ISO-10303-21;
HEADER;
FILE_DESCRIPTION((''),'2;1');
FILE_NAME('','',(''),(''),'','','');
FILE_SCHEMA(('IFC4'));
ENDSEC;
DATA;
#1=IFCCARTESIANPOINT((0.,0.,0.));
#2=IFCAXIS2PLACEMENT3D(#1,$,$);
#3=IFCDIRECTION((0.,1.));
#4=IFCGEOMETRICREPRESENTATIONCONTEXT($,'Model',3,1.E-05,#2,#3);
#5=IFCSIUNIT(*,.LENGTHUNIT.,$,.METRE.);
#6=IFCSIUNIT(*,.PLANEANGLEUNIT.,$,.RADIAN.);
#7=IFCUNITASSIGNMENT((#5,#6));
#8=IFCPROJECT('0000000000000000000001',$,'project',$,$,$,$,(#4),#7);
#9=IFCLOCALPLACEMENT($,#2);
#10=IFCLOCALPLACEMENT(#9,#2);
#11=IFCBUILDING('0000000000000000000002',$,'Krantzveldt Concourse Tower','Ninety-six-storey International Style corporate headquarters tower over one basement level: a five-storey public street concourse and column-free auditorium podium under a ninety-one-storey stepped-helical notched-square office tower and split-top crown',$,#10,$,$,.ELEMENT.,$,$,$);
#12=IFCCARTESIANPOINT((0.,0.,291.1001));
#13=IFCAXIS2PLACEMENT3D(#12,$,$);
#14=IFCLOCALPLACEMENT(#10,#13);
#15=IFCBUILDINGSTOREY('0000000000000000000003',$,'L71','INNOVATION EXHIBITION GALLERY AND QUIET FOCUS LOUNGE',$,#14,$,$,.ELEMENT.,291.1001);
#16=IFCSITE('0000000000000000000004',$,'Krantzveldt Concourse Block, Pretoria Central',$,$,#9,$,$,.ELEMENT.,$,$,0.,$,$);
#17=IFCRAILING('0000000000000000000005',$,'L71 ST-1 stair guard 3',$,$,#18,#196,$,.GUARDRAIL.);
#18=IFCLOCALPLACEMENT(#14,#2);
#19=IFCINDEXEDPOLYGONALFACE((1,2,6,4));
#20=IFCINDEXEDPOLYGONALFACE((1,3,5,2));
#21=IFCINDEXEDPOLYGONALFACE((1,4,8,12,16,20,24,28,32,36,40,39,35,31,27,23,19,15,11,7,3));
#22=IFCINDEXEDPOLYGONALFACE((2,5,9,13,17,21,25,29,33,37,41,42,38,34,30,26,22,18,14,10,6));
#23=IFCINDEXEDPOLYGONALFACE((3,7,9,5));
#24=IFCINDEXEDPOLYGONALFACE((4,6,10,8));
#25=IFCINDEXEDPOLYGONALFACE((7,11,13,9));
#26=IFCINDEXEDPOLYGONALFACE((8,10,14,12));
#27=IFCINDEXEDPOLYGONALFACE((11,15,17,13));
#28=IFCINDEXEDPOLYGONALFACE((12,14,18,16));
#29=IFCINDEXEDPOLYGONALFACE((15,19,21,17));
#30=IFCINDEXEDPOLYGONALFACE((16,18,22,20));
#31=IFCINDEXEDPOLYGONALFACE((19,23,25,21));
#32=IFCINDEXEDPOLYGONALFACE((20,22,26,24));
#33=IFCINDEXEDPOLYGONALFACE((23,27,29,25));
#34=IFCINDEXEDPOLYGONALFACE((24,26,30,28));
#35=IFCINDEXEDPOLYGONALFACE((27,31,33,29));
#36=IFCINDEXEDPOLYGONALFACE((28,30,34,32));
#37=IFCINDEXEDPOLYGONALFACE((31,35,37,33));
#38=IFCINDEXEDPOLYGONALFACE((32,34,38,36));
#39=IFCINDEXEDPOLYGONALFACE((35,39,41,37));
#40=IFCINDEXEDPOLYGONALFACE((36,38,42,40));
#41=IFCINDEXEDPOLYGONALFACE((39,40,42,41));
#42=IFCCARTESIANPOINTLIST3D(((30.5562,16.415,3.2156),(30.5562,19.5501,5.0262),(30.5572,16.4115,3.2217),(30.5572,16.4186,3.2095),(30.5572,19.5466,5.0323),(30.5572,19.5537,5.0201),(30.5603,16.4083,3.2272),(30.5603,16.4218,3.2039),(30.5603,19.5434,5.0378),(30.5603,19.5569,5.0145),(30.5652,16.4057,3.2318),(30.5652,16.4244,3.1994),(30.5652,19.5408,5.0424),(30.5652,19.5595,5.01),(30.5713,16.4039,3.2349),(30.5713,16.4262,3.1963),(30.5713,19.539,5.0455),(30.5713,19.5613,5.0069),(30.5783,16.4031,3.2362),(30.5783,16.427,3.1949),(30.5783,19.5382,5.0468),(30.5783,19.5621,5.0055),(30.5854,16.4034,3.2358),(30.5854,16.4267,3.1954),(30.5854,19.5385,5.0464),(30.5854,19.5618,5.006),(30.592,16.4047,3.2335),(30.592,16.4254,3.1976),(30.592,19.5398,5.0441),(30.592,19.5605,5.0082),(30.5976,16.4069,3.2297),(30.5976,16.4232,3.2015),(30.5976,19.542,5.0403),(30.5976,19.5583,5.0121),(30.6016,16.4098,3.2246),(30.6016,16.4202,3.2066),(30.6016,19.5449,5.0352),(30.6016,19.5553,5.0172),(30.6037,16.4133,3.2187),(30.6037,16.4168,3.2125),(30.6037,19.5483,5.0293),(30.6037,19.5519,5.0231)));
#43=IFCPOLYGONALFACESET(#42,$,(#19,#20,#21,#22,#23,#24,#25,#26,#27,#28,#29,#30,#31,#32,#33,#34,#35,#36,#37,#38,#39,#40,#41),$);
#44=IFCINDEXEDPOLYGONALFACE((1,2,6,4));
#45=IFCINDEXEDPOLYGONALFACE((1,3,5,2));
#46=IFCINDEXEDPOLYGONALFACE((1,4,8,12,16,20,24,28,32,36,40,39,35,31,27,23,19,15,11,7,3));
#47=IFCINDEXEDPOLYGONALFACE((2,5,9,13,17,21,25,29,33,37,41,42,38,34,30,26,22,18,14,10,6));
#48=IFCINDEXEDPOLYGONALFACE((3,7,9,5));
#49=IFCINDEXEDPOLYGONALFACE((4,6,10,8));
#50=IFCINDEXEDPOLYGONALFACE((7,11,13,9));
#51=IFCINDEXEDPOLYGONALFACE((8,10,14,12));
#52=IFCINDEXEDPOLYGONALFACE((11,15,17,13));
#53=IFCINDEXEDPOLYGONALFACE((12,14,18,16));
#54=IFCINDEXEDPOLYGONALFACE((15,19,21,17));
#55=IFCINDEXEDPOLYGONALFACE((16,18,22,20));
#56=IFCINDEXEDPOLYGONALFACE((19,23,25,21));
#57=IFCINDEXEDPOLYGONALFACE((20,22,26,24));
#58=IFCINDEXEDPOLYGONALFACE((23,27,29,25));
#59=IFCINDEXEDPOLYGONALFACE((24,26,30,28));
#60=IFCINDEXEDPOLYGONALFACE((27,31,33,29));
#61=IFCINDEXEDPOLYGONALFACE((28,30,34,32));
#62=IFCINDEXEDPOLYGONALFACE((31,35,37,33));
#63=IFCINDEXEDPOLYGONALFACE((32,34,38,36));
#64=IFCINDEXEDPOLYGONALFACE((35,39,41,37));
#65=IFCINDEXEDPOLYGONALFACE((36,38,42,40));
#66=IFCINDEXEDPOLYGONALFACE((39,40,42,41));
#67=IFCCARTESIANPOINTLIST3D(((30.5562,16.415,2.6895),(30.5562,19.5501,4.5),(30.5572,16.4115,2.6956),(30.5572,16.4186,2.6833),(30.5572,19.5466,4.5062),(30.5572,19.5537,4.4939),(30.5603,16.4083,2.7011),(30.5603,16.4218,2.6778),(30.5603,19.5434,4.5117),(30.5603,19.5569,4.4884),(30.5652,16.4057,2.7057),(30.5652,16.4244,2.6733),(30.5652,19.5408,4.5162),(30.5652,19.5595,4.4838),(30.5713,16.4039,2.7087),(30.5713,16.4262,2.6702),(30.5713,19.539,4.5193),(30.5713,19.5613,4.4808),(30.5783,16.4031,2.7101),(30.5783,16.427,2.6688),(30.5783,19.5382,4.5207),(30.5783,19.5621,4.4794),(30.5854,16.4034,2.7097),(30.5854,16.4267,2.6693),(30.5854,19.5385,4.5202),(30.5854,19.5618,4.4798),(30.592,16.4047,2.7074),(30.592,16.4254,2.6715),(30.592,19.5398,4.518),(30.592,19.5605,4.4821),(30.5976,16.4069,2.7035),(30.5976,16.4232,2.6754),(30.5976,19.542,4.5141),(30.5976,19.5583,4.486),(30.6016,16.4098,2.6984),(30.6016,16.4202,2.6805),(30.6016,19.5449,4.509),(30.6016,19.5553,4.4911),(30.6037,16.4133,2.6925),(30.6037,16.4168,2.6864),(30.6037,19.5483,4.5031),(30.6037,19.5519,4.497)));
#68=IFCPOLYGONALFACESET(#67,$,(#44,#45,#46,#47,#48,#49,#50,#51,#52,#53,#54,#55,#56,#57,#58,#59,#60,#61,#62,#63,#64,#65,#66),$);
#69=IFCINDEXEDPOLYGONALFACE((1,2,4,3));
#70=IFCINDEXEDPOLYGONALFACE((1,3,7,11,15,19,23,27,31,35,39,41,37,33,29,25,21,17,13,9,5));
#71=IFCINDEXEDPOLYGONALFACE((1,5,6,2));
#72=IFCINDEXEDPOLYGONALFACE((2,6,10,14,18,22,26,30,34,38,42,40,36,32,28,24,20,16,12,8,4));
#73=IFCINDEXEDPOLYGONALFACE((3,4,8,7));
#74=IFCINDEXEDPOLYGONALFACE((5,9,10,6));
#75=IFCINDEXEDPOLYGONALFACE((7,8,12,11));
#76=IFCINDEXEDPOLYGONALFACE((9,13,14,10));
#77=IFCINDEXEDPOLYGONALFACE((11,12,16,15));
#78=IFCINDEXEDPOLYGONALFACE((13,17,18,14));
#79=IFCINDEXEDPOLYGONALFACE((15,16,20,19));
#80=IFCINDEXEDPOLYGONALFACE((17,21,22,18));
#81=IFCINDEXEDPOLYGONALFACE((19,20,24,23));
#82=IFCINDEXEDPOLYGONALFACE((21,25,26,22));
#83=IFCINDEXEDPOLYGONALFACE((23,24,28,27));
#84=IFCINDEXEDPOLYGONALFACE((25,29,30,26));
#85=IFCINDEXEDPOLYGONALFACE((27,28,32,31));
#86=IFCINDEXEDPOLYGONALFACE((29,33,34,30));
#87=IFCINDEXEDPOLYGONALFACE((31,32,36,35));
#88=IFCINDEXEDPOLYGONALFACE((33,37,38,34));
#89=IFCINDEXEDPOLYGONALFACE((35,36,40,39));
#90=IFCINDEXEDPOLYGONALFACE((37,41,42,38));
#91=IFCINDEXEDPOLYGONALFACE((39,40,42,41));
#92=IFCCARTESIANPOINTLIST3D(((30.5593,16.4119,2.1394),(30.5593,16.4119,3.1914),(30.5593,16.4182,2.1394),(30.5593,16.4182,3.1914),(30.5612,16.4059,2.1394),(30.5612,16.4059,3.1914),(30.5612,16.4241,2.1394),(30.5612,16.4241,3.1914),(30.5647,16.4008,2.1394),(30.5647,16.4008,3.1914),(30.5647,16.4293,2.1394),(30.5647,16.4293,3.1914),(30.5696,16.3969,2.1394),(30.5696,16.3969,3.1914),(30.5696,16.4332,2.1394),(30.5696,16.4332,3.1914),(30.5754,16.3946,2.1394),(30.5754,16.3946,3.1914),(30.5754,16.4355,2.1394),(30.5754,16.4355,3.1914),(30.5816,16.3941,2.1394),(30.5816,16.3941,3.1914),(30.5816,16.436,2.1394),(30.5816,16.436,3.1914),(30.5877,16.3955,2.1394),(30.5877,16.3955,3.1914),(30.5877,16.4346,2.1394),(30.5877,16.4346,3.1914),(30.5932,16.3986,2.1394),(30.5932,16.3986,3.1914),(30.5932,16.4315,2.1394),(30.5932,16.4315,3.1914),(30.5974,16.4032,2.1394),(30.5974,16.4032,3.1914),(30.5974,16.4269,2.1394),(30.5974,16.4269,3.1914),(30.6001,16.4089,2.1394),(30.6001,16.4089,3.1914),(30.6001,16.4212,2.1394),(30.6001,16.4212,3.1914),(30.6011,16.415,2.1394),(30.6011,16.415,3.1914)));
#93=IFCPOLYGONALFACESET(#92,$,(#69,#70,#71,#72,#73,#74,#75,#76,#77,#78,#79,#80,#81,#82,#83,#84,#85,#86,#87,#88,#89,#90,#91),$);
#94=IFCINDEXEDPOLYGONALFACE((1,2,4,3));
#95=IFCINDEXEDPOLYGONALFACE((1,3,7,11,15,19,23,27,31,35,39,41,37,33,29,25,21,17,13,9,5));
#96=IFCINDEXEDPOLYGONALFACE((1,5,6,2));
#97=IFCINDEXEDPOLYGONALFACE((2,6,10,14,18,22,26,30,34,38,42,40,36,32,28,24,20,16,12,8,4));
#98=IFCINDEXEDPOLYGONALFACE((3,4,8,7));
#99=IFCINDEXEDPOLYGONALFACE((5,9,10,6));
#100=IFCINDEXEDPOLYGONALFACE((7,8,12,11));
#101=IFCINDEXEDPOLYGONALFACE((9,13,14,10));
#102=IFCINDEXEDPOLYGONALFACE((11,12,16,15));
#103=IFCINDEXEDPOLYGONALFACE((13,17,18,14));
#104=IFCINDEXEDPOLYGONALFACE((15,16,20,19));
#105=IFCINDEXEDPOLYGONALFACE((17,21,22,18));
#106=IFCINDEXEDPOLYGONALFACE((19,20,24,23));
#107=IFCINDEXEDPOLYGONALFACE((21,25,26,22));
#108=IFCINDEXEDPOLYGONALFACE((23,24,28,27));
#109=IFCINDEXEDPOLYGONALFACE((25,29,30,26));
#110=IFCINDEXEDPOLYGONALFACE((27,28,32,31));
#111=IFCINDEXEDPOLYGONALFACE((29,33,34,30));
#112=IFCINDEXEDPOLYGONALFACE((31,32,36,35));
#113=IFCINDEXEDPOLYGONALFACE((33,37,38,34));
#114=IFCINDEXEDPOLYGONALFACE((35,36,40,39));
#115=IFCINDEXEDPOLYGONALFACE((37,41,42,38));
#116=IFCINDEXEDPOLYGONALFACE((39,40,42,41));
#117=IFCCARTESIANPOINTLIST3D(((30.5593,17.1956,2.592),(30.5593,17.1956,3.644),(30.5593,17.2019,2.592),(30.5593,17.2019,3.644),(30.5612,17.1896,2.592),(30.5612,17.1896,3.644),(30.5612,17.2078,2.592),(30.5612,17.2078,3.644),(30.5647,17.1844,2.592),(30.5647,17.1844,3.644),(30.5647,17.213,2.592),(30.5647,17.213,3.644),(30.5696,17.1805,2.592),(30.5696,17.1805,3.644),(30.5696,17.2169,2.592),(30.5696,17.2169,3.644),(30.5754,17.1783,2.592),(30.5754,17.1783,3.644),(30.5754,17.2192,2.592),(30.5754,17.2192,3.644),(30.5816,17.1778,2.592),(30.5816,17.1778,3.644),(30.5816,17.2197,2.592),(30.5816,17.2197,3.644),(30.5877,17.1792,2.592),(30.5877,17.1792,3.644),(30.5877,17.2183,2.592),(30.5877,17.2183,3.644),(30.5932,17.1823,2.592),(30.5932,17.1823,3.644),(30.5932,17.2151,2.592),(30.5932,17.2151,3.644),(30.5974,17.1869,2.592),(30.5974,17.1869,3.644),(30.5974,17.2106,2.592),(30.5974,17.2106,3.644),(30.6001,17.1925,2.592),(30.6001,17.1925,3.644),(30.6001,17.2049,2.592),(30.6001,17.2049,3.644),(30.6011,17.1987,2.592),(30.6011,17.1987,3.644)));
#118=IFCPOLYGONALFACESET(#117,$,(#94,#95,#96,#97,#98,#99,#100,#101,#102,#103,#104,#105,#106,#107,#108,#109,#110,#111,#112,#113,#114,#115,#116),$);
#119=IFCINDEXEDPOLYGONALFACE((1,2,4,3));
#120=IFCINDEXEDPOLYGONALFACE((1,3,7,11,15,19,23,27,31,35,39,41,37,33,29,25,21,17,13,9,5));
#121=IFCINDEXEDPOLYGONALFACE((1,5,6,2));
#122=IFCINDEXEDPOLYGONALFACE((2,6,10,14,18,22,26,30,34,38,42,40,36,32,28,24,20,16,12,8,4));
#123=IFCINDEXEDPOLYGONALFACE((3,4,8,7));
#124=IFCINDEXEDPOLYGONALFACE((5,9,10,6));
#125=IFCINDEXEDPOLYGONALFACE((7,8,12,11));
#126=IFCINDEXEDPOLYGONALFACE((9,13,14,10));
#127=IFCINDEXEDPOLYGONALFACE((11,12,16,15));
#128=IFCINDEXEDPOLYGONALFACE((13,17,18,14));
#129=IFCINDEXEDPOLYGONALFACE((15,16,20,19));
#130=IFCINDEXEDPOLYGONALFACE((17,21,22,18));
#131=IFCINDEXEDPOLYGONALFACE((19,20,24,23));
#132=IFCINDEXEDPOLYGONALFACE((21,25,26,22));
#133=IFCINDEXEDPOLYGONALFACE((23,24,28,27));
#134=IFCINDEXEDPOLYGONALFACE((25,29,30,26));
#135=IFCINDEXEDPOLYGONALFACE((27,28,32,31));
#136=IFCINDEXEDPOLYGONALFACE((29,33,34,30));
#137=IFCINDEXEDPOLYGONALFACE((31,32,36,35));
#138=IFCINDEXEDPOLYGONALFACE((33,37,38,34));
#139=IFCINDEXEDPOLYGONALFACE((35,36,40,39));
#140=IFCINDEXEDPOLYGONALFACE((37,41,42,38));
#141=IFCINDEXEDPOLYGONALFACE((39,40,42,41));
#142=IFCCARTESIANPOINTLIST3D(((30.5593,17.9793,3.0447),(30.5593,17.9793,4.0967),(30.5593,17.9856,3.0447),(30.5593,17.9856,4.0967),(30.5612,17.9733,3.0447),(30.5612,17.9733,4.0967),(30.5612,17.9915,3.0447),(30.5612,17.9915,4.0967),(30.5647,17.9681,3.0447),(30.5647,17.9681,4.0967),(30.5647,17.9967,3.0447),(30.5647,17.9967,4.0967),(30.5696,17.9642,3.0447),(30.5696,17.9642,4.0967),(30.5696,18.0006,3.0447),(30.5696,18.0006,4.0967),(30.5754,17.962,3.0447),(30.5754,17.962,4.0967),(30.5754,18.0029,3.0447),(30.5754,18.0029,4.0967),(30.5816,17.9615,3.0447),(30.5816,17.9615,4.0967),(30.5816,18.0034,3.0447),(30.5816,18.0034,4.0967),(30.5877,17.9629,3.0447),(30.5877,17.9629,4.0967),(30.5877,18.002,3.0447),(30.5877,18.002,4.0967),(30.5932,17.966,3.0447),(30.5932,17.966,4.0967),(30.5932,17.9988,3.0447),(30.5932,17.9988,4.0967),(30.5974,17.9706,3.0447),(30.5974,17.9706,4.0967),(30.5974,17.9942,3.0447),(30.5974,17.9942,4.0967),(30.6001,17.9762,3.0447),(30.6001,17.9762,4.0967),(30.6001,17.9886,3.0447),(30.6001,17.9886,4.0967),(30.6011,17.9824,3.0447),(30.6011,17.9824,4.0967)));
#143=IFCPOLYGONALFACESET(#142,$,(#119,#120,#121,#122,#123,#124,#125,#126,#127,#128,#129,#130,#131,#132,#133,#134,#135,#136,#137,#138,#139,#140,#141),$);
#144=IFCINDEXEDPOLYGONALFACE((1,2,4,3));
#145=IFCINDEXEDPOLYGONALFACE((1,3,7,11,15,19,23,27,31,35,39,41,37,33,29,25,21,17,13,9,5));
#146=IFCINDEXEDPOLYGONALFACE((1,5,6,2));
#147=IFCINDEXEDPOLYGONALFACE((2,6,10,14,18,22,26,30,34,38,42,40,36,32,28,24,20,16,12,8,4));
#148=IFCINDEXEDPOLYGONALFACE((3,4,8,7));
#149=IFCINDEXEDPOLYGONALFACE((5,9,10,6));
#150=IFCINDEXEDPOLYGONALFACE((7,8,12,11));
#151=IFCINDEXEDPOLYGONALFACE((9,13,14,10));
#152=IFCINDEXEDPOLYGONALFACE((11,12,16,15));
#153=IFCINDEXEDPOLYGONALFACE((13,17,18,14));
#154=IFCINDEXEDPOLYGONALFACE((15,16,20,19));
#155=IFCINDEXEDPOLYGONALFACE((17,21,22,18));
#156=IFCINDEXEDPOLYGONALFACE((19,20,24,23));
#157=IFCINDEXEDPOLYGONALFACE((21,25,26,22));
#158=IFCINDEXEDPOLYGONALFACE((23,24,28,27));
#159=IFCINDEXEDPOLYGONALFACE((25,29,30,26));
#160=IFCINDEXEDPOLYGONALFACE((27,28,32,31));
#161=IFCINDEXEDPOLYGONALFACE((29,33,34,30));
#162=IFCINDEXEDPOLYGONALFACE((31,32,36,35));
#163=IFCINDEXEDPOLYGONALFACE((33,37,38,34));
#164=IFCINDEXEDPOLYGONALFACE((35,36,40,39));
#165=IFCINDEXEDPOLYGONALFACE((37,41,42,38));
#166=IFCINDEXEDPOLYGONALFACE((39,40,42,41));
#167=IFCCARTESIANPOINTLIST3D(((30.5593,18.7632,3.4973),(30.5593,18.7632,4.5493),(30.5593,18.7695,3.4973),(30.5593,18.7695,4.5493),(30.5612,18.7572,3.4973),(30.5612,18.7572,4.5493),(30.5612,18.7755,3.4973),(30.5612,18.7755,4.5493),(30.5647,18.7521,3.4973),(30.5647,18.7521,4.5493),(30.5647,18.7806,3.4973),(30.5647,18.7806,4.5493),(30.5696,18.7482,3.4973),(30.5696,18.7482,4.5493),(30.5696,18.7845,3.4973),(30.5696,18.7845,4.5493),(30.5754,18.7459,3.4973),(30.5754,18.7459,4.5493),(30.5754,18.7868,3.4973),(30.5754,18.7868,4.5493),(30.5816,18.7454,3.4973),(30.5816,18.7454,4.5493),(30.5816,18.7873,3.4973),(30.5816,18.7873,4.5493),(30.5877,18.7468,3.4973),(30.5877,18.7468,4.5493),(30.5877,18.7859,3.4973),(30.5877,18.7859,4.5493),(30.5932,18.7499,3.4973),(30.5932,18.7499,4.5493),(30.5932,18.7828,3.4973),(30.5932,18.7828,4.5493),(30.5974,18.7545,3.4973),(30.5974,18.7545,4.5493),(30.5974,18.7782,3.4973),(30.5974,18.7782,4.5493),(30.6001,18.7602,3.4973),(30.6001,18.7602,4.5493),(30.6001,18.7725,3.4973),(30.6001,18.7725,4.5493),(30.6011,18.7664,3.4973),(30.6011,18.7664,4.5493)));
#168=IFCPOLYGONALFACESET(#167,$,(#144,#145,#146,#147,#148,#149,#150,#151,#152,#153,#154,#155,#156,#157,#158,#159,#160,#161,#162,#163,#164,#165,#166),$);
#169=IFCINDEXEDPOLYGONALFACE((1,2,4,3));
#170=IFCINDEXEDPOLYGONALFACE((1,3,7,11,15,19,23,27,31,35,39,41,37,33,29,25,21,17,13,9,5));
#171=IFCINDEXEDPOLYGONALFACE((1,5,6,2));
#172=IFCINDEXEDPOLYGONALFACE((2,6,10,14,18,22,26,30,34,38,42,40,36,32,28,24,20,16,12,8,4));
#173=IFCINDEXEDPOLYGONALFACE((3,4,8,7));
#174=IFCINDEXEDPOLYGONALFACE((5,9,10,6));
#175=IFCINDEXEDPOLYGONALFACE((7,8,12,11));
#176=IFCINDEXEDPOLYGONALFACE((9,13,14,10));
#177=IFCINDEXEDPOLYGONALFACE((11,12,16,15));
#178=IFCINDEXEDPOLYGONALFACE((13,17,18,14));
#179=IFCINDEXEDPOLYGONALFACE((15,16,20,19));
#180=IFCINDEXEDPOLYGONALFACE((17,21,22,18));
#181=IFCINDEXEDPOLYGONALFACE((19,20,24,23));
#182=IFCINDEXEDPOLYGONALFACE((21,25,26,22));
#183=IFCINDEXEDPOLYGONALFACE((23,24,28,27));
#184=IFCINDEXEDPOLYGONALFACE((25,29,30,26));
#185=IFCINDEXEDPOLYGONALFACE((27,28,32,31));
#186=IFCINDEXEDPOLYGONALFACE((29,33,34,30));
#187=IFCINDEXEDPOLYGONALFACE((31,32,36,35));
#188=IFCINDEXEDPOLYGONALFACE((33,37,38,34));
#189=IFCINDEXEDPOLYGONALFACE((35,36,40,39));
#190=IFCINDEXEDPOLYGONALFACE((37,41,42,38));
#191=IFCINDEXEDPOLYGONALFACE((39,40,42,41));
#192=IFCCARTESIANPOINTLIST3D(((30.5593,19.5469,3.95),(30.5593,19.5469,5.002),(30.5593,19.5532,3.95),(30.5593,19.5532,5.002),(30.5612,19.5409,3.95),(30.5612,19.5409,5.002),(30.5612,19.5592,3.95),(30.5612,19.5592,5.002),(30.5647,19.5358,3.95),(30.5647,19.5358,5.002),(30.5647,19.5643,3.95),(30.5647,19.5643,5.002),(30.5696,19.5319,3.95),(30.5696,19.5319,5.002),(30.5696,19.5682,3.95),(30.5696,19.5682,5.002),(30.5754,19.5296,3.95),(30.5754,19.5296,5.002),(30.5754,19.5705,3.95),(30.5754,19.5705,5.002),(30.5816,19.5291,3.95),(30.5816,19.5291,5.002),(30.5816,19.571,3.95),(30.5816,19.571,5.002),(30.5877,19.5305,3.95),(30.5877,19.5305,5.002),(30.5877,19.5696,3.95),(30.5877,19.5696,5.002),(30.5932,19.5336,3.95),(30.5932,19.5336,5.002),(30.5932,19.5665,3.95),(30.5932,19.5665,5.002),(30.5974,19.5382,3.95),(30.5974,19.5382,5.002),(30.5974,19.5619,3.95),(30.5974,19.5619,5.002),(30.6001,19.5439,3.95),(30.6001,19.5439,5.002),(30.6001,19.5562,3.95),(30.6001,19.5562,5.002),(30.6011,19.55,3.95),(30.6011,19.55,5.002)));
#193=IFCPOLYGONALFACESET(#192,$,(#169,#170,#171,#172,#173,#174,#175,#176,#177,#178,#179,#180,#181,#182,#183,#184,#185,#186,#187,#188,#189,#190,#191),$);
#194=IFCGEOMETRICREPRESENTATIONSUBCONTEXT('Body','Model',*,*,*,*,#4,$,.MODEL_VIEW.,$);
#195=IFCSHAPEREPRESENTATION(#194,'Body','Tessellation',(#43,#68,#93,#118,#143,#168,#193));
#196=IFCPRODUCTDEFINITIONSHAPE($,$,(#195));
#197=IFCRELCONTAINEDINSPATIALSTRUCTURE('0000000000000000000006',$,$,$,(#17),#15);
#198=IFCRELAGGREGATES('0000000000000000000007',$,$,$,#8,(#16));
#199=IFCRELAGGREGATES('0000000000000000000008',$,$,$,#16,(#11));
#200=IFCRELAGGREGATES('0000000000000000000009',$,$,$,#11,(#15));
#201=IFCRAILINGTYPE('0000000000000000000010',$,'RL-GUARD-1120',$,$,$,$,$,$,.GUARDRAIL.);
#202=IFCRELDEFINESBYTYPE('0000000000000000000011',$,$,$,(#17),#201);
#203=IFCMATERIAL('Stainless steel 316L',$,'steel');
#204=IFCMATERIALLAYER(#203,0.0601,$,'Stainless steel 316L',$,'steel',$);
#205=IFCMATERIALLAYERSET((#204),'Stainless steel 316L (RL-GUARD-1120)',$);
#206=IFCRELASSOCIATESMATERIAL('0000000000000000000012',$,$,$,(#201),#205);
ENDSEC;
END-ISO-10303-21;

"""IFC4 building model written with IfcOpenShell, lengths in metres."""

from ifc_helpers import new_model, si_unit, direction, frame, origin, origin_2d, place, context, subcontext, project, spatial, circle, extrude, material, layer, layer_set, type_object, element, save


model = new_model("IFC4")

# Units and contexts
model_context = context("Model", 3, precision=1e-05, world=origin(), true_north=direction((0.0, 1.0)))
body_context = subcontext(model_context, "Body", "Model", "MODEL_VIEW")
ifc_project = project(units=[si_unit("LENGTHUNIT", "METRE"), si_unit("PLANEANGLEUNIT", "RADIAN")], contexts=[model_context])

# Site, building, storey
site_placement = place(None, origin())
site = spatial("IfcSite", under=ifc_project, at=site_placement, Name="Krantzveldt Concourse Block, Pretoria Central", CompositionType="ELEMENT", RefElevation=0.0)
building_placement = place(site_placement, origin())
building = spatial("IfcBuilding", under=site, at=building_placement, Name="Krantzveldt Concourse Tower", Description="Ninety-six-storey International Style corporate headquarters tower over one basement level: a five-storey public street concourse and column-free auditorium podium under a ninety-one-storey stepped-helical notched-square office tower and split-top crown", CompositionType="ELEMENT")
storey_placement = place(building_placement, frame((0.0, 0.0, 291.1001)))
storey = spatial("IfcBuildingStorey", under=building, at=storey_placement, Name="L71", Description="INNOVATION EXHIBITION GALLERY AND QUIET FOCUS LOUNGE", CompositionType="ELEMENT", Elevation=291.1001)

# Railing
ifc_material_1 = material(Name="Stainless steel 316L", Category="steel")
ifc_layer_1 = layer(ifc_material_1, 0.0601, Name="Stainless steel 316L", Category="steel")
ifc_layer_set_1 = layer_set([ifc_layer_1], Name="Stainless steel 316L (RL-GUARD-1120)")
railing_type_1 = type_object("IfcRailingType", Name="RL-GUARD-1120", PredefinedType="GUARDRAIL", material=ifc_layer_set_1)
railing_1_placement = place(storey_placement, frame((30.5801, 16.415, 2.1394)))
element("IfcRailing", 1, at=railing_1_placement, inside=storey, type_object=railing_type_1, Name="L71 ST-1 stair guard 3", PredefinedType="GUARDRAIL", context=body_context, shape_type="SweptSolid", body=[
    extrude(circle(Radius=0.0239, at=origin_2d()), frame((0.0, 0.0, 1.0762), z_axis=(0.0, 0.86596, 0.500114), x_axis=(-1.0, 0.0, 0.0)), (0.0, 0.0, 1.0), 3.6204),
    extrude(circle(Radius=0.0239, at=origin_2d()), frame((0.0, 0.0, 0.55), z_axis=(0.0, 0.86596, 0.500114), x_axis=(-1.0, 0.0, 0.0)), (0.0, 0.0, 1.0), 3.6204),
    extrude(circle(Radius=0.021, at=origin_2d()), origin(), (0.0, 0.0, 1.0), 1.052),
    extrude(circle(Radius=0.021, at=origin_2d()), frame((0.0, 0.7837, 0.4526)), (0.0, 0.0, 1.0), 1.052),
    extrude(circle(Radius=0.021, at=origin_2d()), frame((0.0, 1.5674, 0.9053)), (0.0, 0.0, 1.0), 1.052),
    extrude(circle(Radius=0.021, at=origin_2d()), frame((0.0, 2.3513, 1.3579)), (0.0, 0.0, 1.0), 1.052),
    extrude(circle(Radius=0.021, at=origin_2d()), frame((0.0, 3.135, 1.8105)), (0.0, 0.0, 1.0), 1.052),
])

save(model, "model.ifc")
